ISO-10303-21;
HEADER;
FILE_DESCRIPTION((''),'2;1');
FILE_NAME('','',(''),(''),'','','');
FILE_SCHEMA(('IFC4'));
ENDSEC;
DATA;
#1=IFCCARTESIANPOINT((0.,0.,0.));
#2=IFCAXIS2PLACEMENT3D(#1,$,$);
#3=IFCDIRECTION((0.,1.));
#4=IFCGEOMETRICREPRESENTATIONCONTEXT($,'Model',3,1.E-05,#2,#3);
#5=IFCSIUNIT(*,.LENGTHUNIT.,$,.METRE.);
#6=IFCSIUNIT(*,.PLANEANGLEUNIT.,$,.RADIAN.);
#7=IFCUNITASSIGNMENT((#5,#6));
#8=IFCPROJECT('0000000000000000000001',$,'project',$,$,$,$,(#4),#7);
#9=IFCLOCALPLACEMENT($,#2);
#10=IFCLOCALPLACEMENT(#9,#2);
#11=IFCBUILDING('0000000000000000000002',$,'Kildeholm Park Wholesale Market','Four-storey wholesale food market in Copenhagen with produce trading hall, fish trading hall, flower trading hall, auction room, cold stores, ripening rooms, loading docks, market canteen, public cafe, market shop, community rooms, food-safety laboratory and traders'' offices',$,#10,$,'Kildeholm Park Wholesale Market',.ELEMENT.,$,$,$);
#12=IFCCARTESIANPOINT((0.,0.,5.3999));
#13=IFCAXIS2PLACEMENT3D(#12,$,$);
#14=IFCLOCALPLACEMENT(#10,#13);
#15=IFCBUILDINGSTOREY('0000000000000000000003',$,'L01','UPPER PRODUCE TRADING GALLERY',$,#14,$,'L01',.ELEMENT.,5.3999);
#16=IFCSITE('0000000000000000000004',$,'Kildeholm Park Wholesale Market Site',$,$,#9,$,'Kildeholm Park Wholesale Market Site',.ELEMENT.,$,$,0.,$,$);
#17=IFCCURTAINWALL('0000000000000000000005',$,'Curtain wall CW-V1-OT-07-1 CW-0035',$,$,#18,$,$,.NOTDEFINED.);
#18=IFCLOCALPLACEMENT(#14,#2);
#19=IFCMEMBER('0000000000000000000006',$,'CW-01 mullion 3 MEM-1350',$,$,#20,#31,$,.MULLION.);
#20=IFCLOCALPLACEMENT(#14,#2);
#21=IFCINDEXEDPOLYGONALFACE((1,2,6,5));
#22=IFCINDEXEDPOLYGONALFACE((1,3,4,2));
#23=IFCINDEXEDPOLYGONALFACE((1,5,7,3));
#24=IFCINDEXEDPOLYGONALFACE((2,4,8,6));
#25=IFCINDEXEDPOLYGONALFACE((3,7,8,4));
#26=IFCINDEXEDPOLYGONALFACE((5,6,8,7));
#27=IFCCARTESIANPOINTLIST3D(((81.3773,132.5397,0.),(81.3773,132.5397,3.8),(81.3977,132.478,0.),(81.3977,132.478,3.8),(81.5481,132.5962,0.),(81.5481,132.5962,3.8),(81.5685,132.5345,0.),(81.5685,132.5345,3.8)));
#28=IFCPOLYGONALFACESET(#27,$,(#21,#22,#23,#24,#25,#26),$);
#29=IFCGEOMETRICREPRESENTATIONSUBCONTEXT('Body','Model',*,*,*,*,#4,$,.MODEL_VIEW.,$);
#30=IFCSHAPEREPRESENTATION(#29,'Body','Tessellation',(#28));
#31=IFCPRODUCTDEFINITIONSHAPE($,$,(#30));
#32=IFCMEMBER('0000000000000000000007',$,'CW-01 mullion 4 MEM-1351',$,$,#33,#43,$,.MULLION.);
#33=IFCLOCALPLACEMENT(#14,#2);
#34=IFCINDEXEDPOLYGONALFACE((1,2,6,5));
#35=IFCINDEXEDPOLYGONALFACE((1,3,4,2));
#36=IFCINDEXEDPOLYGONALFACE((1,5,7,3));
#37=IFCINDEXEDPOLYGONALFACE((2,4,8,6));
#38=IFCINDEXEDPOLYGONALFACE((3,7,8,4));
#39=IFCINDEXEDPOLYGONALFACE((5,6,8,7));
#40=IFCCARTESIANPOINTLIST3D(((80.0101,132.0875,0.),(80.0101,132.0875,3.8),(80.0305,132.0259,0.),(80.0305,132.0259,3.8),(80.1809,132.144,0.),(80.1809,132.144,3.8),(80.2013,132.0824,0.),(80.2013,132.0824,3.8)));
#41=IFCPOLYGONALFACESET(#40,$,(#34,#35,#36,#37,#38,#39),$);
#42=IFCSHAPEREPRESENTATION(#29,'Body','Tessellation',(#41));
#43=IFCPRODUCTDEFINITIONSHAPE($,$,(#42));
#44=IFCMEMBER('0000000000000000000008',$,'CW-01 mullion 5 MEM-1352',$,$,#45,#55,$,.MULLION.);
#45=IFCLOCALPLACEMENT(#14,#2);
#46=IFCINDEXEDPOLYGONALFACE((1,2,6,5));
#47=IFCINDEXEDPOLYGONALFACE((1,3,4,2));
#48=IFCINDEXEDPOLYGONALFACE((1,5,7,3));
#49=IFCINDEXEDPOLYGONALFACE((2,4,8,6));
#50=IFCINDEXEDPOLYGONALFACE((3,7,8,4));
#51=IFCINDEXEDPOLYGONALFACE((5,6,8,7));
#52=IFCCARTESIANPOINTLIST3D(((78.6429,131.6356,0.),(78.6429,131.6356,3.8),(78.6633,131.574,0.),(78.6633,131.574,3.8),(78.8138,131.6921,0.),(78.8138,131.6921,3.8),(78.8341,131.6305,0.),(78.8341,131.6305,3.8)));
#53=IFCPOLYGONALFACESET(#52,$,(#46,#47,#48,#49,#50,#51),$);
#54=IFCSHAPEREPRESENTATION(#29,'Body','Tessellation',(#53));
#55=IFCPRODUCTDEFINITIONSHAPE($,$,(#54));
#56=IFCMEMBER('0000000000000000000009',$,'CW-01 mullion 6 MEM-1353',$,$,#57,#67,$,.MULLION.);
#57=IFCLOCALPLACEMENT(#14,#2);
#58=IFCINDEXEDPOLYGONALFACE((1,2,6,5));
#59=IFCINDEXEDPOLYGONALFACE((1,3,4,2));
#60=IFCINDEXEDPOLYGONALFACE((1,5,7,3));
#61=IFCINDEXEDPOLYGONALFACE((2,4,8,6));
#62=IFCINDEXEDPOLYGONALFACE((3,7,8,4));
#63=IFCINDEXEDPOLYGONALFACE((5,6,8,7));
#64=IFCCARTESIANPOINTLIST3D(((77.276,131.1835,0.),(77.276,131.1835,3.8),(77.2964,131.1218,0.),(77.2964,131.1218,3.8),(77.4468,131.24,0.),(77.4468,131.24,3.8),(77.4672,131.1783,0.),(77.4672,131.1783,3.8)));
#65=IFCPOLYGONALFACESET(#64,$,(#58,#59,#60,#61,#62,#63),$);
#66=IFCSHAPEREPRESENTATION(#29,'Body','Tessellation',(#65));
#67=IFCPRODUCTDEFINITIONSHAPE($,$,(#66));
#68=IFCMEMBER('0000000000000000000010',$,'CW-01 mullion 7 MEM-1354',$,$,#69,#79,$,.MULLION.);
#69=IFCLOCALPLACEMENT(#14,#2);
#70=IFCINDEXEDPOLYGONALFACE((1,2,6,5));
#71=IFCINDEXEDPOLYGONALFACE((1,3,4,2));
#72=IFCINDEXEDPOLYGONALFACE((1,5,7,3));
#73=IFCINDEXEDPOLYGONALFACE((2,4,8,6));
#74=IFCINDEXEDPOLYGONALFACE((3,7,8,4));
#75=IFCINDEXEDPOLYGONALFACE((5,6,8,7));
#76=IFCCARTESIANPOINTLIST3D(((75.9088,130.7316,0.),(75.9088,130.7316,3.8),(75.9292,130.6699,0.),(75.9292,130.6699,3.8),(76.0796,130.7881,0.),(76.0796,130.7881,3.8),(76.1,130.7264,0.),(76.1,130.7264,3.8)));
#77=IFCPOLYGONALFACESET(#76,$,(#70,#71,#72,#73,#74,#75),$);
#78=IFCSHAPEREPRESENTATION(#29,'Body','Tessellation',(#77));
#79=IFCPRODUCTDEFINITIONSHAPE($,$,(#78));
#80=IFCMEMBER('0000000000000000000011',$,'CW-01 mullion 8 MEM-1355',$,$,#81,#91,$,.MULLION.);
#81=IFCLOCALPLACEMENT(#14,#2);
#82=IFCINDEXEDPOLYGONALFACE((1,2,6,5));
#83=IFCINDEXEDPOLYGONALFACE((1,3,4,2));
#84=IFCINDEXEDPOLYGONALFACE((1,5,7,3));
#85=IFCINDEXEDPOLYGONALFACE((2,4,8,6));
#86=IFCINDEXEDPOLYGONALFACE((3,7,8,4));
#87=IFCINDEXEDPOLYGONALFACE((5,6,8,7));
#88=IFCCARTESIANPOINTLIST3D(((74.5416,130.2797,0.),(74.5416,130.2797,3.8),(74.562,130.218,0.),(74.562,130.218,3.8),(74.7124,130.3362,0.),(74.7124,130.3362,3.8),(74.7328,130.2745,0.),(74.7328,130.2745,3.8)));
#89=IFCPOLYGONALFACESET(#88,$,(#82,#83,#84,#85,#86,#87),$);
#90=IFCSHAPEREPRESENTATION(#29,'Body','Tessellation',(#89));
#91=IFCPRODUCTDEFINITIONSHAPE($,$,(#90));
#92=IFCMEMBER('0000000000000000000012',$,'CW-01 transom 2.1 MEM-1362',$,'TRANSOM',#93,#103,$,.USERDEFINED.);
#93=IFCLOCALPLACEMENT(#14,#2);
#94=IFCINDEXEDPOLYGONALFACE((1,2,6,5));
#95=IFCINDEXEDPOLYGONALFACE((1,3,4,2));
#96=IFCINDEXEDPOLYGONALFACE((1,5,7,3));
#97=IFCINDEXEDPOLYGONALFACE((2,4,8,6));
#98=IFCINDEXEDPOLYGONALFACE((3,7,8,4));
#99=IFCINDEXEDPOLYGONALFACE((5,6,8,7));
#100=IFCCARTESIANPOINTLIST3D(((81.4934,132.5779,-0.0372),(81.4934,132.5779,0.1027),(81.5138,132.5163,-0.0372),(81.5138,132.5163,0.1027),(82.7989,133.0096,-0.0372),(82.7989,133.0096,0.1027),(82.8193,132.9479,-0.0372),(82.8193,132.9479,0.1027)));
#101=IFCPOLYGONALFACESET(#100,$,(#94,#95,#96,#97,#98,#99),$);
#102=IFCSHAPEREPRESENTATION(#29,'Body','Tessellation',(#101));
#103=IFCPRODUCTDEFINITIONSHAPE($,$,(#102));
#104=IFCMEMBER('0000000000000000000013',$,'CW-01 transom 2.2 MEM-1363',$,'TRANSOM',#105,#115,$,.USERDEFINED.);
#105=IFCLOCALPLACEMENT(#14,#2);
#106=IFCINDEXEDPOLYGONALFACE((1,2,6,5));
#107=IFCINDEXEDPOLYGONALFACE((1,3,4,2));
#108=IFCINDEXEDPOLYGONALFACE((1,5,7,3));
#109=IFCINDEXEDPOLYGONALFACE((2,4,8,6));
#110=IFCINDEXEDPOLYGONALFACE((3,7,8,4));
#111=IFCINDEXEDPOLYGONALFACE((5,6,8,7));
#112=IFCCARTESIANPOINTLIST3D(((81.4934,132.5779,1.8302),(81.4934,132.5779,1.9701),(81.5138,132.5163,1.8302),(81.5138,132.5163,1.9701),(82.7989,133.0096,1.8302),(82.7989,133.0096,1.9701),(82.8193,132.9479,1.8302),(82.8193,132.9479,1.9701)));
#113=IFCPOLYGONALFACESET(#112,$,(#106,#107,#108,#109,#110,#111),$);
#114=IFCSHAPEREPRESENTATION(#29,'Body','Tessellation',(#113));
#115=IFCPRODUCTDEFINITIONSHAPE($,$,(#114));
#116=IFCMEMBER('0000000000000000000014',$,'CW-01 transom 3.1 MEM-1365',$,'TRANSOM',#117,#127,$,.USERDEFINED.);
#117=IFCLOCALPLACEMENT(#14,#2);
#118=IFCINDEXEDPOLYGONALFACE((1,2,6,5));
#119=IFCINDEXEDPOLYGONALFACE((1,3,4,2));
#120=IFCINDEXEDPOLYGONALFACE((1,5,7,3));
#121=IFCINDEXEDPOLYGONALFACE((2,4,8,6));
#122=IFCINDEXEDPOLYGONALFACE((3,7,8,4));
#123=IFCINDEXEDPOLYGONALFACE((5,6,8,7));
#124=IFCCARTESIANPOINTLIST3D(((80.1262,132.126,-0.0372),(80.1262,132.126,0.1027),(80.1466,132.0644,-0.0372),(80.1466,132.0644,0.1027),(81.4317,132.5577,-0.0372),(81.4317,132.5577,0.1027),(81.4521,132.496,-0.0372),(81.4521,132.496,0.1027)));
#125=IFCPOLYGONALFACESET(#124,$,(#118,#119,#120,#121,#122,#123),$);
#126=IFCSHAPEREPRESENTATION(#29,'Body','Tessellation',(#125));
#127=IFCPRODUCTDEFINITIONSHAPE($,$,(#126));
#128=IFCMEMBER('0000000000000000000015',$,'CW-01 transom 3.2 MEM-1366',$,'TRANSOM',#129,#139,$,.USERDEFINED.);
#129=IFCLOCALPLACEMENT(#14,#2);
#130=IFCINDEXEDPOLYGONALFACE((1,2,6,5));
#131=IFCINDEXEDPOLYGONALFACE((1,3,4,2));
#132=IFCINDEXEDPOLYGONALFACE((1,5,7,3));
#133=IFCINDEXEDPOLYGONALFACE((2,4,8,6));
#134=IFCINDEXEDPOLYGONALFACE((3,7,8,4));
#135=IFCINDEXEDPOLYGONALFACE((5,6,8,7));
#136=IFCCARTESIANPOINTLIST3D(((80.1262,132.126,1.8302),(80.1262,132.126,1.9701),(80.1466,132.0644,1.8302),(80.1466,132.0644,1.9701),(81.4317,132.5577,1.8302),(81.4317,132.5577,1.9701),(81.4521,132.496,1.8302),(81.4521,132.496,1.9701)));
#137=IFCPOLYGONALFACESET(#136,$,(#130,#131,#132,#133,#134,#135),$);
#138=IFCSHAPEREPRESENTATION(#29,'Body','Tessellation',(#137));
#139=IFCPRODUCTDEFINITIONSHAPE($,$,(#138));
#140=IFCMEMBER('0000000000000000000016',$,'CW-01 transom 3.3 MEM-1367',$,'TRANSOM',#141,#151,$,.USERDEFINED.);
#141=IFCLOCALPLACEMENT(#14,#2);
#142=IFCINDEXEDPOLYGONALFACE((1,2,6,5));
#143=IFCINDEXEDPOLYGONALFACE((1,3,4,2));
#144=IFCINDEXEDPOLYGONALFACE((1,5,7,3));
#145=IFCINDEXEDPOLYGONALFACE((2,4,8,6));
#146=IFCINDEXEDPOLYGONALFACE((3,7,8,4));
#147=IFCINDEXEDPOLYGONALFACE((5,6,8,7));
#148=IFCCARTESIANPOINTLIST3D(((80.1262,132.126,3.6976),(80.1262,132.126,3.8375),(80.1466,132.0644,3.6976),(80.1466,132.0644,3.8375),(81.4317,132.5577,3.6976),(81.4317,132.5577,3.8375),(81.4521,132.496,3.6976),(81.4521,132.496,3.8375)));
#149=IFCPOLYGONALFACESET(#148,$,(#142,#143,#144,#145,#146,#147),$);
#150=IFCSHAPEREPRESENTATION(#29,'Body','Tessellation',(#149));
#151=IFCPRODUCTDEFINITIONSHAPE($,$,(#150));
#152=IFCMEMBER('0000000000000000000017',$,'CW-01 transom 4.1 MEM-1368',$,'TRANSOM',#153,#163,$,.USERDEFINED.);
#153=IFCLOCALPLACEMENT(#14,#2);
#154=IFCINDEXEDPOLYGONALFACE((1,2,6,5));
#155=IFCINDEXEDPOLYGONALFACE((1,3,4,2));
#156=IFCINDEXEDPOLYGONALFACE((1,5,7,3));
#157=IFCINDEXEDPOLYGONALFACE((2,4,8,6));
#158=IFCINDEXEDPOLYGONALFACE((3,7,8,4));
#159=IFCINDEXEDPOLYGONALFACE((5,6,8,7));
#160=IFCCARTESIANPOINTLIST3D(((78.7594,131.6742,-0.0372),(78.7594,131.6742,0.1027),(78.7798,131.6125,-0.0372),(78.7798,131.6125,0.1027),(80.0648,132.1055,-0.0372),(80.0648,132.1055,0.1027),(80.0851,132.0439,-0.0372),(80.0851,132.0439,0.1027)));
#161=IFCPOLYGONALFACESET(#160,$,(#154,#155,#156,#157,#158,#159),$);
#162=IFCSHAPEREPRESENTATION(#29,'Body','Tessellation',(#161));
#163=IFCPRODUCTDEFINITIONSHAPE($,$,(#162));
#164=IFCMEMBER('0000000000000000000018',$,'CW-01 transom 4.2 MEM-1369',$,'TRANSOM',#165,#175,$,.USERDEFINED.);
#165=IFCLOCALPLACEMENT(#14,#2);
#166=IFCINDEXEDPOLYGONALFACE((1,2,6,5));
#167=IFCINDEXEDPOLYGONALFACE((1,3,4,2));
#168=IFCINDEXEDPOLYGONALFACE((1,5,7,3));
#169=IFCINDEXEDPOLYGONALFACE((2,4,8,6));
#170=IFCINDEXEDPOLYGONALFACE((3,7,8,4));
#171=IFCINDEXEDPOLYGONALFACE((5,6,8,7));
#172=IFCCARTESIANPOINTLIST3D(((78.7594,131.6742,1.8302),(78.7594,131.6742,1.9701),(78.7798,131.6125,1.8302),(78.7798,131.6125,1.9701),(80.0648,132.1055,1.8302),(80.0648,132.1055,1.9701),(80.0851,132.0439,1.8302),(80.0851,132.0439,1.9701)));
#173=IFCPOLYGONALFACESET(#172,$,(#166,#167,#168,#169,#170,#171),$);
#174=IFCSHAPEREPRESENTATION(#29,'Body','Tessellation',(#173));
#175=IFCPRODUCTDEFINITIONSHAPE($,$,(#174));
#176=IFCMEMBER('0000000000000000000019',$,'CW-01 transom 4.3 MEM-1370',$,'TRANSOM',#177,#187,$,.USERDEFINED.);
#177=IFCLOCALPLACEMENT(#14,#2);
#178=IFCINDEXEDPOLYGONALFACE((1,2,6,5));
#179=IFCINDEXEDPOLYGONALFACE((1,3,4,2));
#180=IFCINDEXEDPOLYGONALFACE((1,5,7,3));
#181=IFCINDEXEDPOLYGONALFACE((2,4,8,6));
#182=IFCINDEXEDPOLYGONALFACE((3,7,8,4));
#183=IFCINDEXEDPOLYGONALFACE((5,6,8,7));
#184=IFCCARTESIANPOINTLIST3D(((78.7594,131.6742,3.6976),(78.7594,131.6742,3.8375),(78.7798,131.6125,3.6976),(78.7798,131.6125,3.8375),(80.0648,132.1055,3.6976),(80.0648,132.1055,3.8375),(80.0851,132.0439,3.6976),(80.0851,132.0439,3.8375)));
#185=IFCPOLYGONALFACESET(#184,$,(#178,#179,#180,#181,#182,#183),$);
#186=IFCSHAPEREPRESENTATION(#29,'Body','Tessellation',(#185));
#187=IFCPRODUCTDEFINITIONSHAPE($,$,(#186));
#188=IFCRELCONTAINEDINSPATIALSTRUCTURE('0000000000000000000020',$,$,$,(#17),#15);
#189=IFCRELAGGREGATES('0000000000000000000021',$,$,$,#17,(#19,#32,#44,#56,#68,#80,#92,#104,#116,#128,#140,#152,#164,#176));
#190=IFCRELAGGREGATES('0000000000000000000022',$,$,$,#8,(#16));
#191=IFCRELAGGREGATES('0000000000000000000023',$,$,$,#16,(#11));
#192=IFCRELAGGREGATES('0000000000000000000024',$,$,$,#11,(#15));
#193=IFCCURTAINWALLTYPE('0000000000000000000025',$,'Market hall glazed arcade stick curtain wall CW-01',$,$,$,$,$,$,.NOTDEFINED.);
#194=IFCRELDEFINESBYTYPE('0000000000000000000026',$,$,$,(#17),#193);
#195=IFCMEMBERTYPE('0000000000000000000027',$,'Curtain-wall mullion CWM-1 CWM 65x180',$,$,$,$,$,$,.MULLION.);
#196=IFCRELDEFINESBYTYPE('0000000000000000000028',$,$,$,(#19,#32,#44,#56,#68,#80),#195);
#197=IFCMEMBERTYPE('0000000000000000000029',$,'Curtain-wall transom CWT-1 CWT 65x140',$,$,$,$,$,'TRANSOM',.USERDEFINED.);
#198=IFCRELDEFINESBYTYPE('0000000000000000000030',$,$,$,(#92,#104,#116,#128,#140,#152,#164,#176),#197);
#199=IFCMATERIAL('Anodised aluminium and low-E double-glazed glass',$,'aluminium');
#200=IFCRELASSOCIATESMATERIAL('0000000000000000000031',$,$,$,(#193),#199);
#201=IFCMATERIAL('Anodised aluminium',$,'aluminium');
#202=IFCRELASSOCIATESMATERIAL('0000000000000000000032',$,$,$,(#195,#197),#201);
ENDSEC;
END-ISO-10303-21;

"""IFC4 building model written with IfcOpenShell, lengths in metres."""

from ifc_helpers import new_model, si_unit, direction, frame, origin, origin_2d, place, context, subcontext, project, spatial, rectangle, extrude, material, material_profile, profile_set, type_object, element, aggregate, save


model = new_model("IFC4")

# Units and contexts
model_context = context("Model", 3, precision=1e-05, world=origin(), true_north=direction((0.0, 1.0)))
body_context = subcontext(model_context, "Body", "Model", "MODEL_VIEW")
ifc_project = project(units=[si_unit("LENGTHUNIT", "METRE"), si_unit("PLANEANGLEUNIT", "RADIAN")], contexts=[model_context])

# Site, building, storey
site_placement = place(None, origin())
site = spatial("IfcSite", under=ifc_project, at=site_placement, Name="Kildeholm Park Wholesale Market Site", LongName="Kildeholm Park Wholesale Market Site", CompositionType="ELEMENT", RefElevation=0.0)
building_placement = place(site_placement, origin())
building = spatial("IfcBuilding", under=site, at=building_placement, Name="Kildeholm Park Wholesale Market", Description="Four-storey wholesale food market in Copenhagen with produce trading hall, fish trading hall, flower trading hall, auction room, cold stores, ripening rooms, loading docks, market canteen, public cafe, market shop, community rooms, food-safety laboratory and traders' offices", LongName="Kildeholm Park Wholesale Market", CompositionType="ELEMENT")
storey_placement = place(building_placement, frame((0.0, 0.0, 5.3999)))
storey = spatial("IfcBuildingStorey", under=building, at=storey_placement, Name="L01", Description="UPPER PRODUCE TRADING GALLERY", LongName="L01", CompositionType="ELEMENT", Elevation=5.3999)

# Curtain wall, members
ifc_material_1 = material(Name="Anodised aluminium and low-E double-glazed glass", Category="aluminium")
curtain_wall_type = type_object("IfcCurtainWallType", Name="Market hall glazed arcade stick curtain wall CW-01", PredefinedType="NOTDEFINED", material=ifc_material_1)
curtain_wall_placement = place(storey_placement, origin())
curtain_wall = element("IfcCurtainWall", 1, at=curtain_wall_placement, inside=storey, type_object=curtain_wall_type, Name="Curtain wall CW-V1-OT-07-1 CW-0035", PredefinedType="NOTDEFINED")
ifc_material_2 = material(Name="Anodised aluminium", Category="aluminium")
ifc_material_profile_1 = material_profile(ifc_material_2, rectangle(XDim=0.0649, YDim=0.1799, at=origin_2d()), Name="CWM 65x180")
ifc_profile_set_1 = profile_set([ifc_material_profile_1], Name="Anodised aluminium")
member_type_1 = type_object("IfcMemberType", Name="Curtain-wall mullion CWM-1 CWM 65x180", PredefinedType="MULLION", material=ifc_profile_set_1)
member_1_placement = place(storey_placement, frame((81.4729, 132.5371, 0.0), z_axis=(0.0, 0.0, 1.0), x_axis=(0.313914, -0.949451, 0.0)))
member_1 = element("IfcMember", 2, at=member_1_placement, type_object=member_type_1, Name="CW-01 mullion 3 MEM-1350", PredefinedType="MULLION", context=body_context, shape_type="SweptSolid", body=[
    extrude(rectangle(XDim=0.0649, YDim=0.1799, at=origin_2d()), origin(), (0.0, 0.0, 1.0), 3.8),
])
member_2_placement = place(storey_placement, frame((80.1057, 132.085, 0.0), z_axis=(0.0, 0.0, 1.0), x_axis=(0.313914, -0.949451, 0.0)))
member_2 = element("IfcMember", 3, at=member_2_placement, type_object=member_type_1, Name="CW-01 mullion 4 MEM-1351", PredefinedType="MULLION", context=body_context, shape_type="SweptSolid", body=[
    extrude(rectangle(XDim=0.0649, YDim=0.1799, at=origin_2d()), origin(), (0.0, 0.0, 1.0), 3.8),
])
member_3_placement = place(storey_placement, frame((78.7385, 131.6331, 0.0), z_axis=(0.0, 0.0, 1.0), x_axis=(0.313914, -0.949451, 0.0)))
member_3 = element("IfcMember", 4, at=member_3_placement, type_object=member_type_1, Name="CW-01 mullion 5 MEM-1352", PredefinedType="MULLION", context=body_context, shape_type="SweptSolid", body=[
    extrude(rectangle(XDim=0.0649, YDim=0.1799, at=origin_2d()), origin(), (0.0, 0.0, 1.0), 3.8),
])
member_4_placement = place(storey_placement, frame((77.3716, 131.1809, 0.0), z_axis=(0.0, 0.0, 1.0), x_axis=(0.313914, -0.949451, 0.0)))
member_4 = element("IfcMember", 5, at=member_4_placement, type_object=member_type_1, Name="CW-01 mullion 6 MEM-1353", PredefinedType="MULLION", context=body_context, shape_type="SweptSolid", body=[
    extrude(rectangle(XDim=0.0649, YDim=0.1799, at=origin_2d()), origin(), (0.0, 0.0, 1.0), 3.8),
])
member_5_placement = place(storey_placement, frame((76.0044, 130.729, 0.0), z_axis=(0.0, 0.0, 1.0), x_axis=(0.313914, -0.949451, 0.0)))
member_5 = element("IfcMember", 6, at=member_5_placement, type_object=member_type_1, Name="CW-01 mullion 7 MEM-1354", PredefinedType="MULLION", context=body_context, shape_type="SweptSolid", body=[
    extrude(rectangle(XDim=0.0649, YDim=0.1799, at=origin_2d()), origin(), (0.0, 0.0, 1.0), 3.8),
])
member_6_placement = place(storey_placement, frame((74.6372, 130.2771, 0.0), z_axis=(0.0, 0.0, 1.0), x_axis=(0.313914, -0.949451, 0.0)))
member_6 = element("IfcMember", 7, at=member_6_placement, type_object=member_type_1, Name="CW-01 mullion 8 MEM-1355", PredefinedType="MULLION", context=body_context, shape_type="SweptSolid", body=[
    extrude(rectangle(XDim=0.0649, YDim=0.1799, at=origin_2d()), origin(), (0.0, 0.0, 1.0), 3.8),
])
ifc_material_profile_2 = material_profile(ifc_material_2, rectangle(XDim=0.0649, YDim=0.1399, at=origin_2d()), Name="CWT 65x140")
ifc_profile_set_2 = profile_set([ifc_material_profile_2], Name="Anodised aluminium")
member_type_2 = type_object("IfcMemberType", Name="Curtain-wall transom CWT-1 CWT 65x140", ElementType="TRANSOM", PredefinedType="USERDEFINED", material=ifc_profile_set_2)
member_7_placement = place(storey_placement, frame((82.8091, 132.9788, 0.0327), z_axis=(-0.949444, -0.313936, 0.0), x_axis=(0.313936, -0.949444, 0.0)))
member_7 = element("IfcMember", 8, at=member_7_placement, type_object=member_type_2, Name="CW-01 transom 2.1 MEM-1362", ObjectType="TRANSOM", PredefinedType="USERDEFINED", context=body_context, shape_type="SweptSolid", body=[
    extrude(rectangle(XDim=0.0649, YDim=0.1399, at=origin_2d()), origin(), (0.0, 0.0, 1.0), 1.375),
])
member_8_placement = place(storey_placement, frame((82.8091, 132.9788, 1.9001), z_axis=(-0.949444, -0.313936, 0.0), x_axis=(0.313936, -0.949444, 0.0)))
member_8 = element("IfcMember", 9, at=member_8_placement, type_object=member_type_2, Name="CW-01 transom 2.2 MEM-1363", ObjectType="TRANSOM", PredefinedType="USERDEFINED", context=body_context, shape_type="SweptSolid", body=[
    extrude(rectangle(XDim=0.0649, YDim=0.1399, at=origin_2d()), origin(), (0.0, 0.0, 1.0), 1.375),
])
member_9_placement = place(storey_placement, frame((81.4419, 132.5269, 0.0327), z_axis=(-0.949444, -0.313936, 0.0), x_axis=(0.313936, -0.949444, 0.0)))
member_9 = element("IfcMember", 10, at=member_9_placement, type_object=member_type_2, Name="CW-01 transom 3.1 MEM-1365", ObjectType="TRANSOM", PredefinedType="USERDEFINED", context=body_context, shape_type="SweptSolid", body=[
    extrude(rectangle(XDim=0.0649, YDim=0.1399, at=origin_2d()), origin(), (0.0, 0.0, 1.0), 1.375),
])
member_10_placement = place(storey_placement, frame((81.4419, 132.5269, 1.9001), z_axis=(-0.949444, -0.313936, 0.0), x_axis=(0.313936, -0.949444, 0.0)))
member_10 = element("IfcMember", 11, at=member_10_placement, type_object=member_type_2, Name="CW-01 transom 3.2 MEM-1366", ObjectType="TRANSOM", PredefinedType="USERDEFINED", context=body_context, shape_type="SweptSolid", body=[
    extrude(rectangle(XDim=0.0649, YDim=0.1399, at=origin_2d()), origin(), (0.0, 0.0, 1.0), 1.375),
])
member_11_placement = place(storey_placement, frame((81.4419, 132.5269, 3.7676), z_axis=(-0.949444, -0.313936, 0.0), x_axis=(0.313936, -0.949444, 0.0)))
member_11 = element("IfcMember", 12, at=member_11_placement, type_object=member_type_2, Name="CW-01 transom 3.3 MEM-1367", ObjectType="TRANSOM", PredefinedType="USERDEFINED", context=body_context, shape_type="SweptSolid", body=[
    extrude(rectangle(XDim=0.0649, YDim=0.1399, at=origin_2d()), origin(), (0.0, 0.0, 1.0), 1.375),
])
member_12_placement = place(storey_placement, frame((80.075, 132.0747, 0.0327), z_axis=(-0.949497, -0.313776, 0.0), x_axis=(0.313776, -0.949497, 0.0)))
member_12 = element("IfcMember", 13, at=member_12_placement, type_object=member_type_2, Name="CW-01 transom 4.1 MEM-1368", ObjectType="TRANSOM", PredefinedType="USERDEFINED", context=body_context, shape_type="SweptSolid", body=[
    extrude(rectangle(XDim=0.0649, YDim=0.1399, at=origin_2d()), origin(), (0.0, 0.0, 1.0), 1.3748),
])
member_13_placement = place(storey_placement, frame((80.075, 132.0747, 1.9001), z_axis=(-0.949497, -0.313776, 0.0), x_axis=(0.313776, -0.949497, 0.0)))
member_13 = element("IfcMember", 14, at=member_13_placement, type_object=member_type_2, Name="CW-01 transom 4.2 MEM-1369", ObjectType="TRANSOM", PredefinedType="USERDEFINED", context=body_context, shape_type="SweptSolid", body=[
    extrude(rectangle(XDim=0.0649, YDim=0.1399, at=origin_2d()), origin(), (0.0, 0.0, 1.0), 1.3748),
])
member_14_placement = place(storey_placement, frame((80.075, 132.0747, 3.7676), z_axis=(-0.949497, -0.313776, 0.0), x_axis=(0.313776, -0.949497, 0.0)))
member_14 = element("IfcMember", 15, at=member_14_placement, type_object=member_type_2, Name="CW-01 transom 4.3 MEM-1370", ObjectType="TRANSOM", PredefinedType="USERDEFINED", context=body_context, shape_type="SweptSolid", body=[
    extrude(rectangle(XDim=0.0649, YDim=0.1399, at=origin_2d()), origin(), (0.0, 0.0, 1.0), 1.3748),
])
aggregate(curtain_wall, [member_1, member_2, member_3, member_4, member_5, member_6, member_7, member_8, member_9, member_10, member_11, member_12, member_13, member_14])

save(model, "model.ifc")
